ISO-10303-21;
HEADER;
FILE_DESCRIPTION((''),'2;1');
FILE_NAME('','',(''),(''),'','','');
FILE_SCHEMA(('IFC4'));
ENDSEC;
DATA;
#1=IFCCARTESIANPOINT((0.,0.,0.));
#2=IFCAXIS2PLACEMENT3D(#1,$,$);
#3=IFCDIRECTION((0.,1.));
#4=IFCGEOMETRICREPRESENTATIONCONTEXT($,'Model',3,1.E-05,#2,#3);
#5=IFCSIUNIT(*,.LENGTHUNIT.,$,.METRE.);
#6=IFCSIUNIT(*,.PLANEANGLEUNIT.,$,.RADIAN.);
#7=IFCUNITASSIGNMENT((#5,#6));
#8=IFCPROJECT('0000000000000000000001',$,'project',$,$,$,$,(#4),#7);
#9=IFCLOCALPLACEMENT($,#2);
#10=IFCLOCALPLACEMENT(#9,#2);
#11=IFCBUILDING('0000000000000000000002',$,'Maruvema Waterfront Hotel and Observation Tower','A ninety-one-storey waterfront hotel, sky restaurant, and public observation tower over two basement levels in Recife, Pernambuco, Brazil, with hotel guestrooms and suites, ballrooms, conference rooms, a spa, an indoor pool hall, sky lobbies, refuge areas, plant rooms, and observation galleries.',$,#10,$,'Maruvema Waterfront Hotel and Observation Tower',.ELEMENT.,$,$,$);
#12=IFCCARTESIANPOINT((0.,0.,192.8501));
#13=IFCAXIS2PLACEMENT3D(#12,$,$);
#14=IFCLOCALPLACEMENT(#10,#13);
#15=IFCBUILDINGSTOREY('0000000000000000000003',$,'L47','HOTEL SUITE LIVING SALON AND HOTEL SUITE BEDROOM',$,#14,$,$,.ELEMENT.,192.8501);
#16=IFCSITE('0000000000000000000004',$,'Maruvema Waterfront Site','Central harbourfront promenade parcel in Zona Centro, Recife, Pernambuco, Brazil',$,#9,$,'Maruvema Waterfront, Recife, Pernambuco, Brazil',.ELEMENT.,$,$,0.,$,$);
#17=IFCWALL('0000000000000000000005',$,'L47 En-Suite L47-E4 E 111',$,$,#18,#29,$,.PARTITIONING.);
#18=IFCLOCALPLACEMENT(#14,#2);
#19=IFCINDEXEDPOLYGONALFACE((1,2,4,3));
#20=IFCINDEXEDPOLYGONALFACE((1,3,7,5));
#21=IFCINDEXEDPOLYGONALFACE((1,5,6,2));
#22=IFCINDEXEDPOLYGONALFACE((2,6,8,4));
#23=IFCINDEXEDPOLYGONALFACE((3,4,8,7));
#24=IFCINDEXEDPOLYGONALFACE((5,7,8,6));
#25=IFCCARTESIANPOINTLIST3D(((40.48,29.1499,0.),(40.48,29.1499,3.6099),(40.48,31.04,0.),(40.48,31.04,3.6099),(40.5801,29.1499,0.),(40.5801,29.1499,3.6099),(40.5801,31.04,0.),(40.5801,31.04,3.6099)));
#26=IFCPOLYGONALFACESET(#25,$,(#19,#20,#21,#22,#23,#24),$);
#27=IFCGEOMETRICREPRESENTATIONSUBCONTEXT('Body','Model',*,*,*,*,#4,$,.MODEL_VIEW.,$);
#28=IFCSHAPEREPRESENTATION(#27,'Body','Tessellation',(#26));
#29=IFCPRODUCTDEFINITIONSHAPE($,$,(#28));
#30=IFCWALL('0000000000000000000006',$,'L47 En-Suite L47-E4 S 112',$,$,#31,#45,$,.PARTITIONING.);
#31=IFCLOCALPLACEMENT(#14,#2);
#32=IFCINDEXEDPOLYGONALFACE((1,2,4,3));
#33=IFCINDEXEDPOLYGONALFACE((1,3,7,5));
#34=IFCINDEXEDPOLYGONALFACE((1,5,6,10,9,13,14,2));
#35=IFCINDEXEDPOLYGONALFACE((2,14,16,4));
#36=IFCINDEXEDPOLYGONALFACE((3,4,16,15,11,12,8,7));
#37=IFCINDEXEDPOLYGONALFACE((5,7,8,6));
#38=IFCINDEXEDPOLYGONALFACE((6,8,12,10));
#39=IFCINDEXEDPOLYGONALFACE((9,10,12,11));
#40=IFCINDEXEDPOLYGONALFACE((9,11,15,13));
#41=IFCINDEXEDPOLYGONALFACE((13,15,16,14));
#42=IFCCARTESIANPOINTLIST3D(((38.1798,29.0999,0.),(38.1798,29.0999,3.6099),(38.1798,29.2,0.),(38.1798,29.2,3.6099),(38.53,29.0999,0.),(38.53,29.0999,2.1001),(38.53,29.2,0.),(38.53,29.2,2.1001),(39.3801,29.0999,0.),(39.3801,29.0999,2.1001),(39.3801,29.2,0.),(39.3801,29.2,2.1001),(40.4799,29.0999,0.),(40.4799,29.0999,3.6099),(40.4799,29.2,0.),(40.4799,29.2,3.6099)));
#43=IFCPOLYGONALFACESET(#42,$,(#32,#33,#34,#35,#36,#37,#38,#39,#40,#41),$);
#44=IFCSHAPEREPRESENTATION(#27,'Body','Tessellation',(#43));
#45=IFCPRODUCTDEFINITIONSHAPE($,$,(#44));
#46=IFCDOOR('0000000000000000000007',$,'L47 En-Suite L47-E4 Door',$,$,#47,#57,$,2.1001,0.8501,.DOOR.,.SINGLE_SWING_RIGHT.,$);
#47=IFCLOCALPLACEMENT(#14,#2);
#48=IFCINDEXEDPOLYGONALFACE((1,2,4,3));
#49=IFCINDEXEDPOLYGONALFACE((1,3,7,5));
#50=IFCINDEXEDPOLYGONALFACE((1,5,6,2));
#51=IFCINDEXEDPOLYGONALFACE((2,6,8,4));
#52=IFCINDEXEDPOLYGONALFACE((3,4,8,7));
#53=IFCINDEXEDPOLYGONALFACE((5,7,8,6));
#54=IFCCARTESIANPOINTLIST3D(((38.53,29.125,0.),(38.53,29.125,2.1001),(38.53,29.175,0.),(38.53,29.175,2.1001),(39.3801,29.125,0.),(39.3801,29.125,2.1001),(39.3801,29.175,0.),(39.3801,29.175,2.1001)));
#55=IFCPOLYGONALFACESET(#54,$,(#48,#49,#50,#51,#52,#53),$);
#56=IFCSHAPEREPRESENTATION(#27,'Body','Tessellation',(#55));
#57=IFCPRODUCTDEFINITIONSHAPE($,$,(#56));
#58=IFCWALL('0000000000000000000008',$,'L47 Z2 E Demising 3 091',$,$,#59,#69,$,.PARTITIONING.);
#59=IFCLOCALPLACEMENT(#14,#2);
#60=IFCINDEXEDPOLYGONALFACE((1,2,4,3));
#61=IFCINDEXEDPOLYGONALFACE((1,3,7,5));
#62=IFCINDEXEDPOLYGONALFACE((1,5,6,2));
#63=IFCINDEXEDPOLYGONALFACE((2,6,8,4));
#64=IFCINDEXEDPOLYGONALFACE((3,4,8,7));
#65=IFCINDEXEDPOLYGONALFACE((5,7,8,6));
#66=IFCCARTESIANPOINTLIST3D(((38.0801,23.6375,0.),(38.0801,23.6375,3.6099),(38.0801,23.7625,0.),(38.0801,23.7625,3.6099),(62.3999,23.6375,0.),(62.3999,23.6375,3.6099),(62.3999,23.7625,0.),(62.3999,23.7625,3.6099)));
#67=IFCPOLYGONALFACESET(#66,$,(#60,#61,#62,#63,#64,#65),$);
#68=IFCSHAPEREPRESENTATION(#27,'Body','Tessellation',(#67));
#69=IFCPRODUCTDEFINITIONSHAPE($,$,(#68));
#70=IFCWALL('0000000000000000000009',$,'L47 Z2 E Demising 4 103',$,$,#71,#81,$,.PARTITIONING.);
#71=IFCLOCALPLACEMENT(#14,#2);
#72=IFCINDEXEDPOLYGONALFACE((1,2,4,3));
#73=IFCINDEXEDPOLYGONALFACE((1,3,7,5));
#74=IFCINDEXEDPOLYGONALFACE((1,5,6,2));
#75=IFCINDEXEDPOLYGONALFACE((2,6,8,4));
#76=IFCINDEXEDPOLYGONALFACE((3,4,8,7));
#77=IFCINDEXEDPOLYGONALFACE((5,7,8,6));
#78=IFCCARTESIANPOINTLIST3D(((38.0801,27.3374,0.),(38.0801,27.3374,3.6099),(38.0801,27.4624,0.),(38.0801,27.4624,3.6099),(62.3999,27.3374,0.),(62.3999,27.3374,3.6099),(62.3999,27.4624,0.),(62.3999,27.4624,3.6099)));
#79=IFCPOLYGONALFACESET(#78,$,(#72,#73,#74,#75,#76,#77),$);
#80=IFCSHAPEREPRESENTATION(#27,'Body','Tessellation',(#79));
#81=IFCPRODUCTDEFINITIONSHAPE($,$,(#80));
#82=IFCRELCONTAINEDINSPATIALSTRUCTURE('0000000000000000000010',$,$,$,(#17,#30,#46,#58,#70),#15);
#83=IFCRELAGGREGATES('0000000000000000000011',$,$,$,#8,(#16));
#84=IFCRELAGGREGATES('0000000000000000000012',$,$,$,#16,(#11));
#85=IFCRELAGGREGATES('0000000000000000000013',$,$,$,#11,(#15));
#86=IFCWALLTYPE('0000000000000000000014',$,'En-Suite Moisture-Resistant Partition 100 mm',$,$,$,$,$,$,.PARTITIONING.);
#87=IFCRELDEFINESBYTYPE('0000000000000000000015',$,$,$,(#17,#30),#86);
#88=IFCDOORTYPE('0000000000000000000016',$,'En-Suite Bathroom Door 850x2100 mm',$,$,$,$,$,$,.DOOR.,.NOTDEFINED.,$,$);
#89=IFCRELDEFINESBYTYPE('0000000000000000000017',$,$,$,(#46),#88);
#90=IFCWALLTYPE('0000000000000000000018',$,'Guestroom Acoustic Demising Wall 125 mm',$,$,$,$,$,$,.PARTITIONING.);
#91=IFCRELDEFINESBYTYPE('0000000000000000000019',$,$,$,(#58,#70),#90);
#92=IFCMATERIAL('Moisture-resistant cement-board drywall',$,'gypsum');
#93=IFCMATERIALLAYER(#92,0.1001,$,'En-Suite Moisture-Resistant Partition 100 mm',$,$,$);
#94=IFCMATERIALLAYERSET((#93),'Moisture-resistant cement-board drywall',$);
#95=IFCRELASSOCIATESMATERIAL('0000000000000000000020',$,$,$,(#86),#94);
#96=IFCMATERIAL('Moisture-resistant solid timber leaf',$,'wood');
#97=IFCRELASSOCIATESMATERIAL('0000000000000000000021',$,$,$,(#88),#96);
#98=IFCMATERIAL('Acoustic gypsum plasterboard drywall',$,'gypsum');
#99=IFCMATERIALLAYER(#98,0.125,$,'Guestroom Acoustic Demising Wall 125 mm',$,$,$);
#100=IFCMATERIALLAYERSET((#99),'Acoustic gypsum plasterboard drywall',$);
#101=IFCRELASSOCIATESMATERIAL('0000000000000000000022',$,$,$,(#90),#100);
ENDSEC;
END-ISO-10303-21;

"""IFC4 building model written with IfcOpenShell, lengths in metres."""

from ifc_helpers import new_model, si_unit, direction, frame, frame_2d, origin, place, context, subcontext, project, spatial, rectangle, extrude, material, layer, layer_set, type_object, element, fill, save


model = new_model("IFC4")

# Units and contexts
model_context = context("Model", 3, precision=1e-05, world=origin(), true_north=direction((0.0, 1.0)))
body_context = subcontext(model_context, "Body", "Model", "MODEL_VIEW")
ifc_project = project(units=[si_unit("LENGTHUNIT", "METRE"), si_unit("PLANEANGLEUNIT", "RADIAN")], contexts=[model_context])

# Site, building, storey
site_placement = place(None, origin())
site = spatial("IfcSite", under=ifc_project, at=site_placement, Name="Maruvema Waterfront Site", Description="Central harbourfront promenade parcel in Zona Centro, Recife, Pernambuco, Brazil", LongName="Maruvema Waterfront, Recife, Pernambuco, Brazil", CompositionType="ELEMENT", RefElevation=0.0)
building_placement = place(site_placement, origin())
building = spatial("IfcBuilding", under=site, at=building_placement, Name="Maruvema Waterfront Hotel and Observation Tower", Description="A ninety-one-storey waterfront hotel, sky restaurant, and public observation tower over two basement levels in Recife, Pernambuco, Brazil, with hotel guestrooms and suites, ballrooms, conference rooms, a spa, an indoor pool hall, sky lobbies, refuge areas, plant rooms, and observation galleries.", LongName="Maruvema Waterfront Hotel and Observation Tower", CompositionType="ELEMENT")
storey_placement = place(building_placement, frame((0.0, 0.0, 192.8501)))
storey = spatial("IfcBuildingStorey", under=building, at=storey_placement, Name="L47", Description="HOTEL SUITE LIVING SALON AND HOTEL SUITE BEDROOM", CompositionType="ELEMENT", Elevation=192.8501)

# Shared definitions
ifc_material_1 = material(Name="Moisture-resistant cement-board drywall", Category="gypsum")
ifc_layer_1 = layer(ifc_material_1, 0.1001, Name="En-Suite Moisture-Resistant Partition 100 mm")
ifc_layer_set_1 = layer_set([ifc_layer_1], Name="Moisture-resistant cement-board drywall")
wall_type_1 = type_object("IfcWallType", Name="En-Suite Moisture-Resistant Partition 100 mm", PredefinedType="PARTITIONING", material=ifc_layer_set_1)
ifc_material_2 = material(Name="Moisture-resistant solid timber leaf", Category="wood")
door_type_1 = type_object("IfcDoorType", Name="En-Suite Bathroom Door 850x2100 mm", OperationType="NOTDEFINED", PredefinedType="DOOR", material=ifc_material_2)

# Wall
wall_1_placement = place(storey_placement, frame((40.53, 29.1499, 0.0), z_axis=(0.0, 0.0, 1.0), x_axis=(0.0, 1.0, 0.0)))
element("IfcWall", 1, at=wall_1_placement, inside=storey, type_object=wall_type_1, Name="L47 En-Suite L47-E4 E 111", PredefinedType="PARTITIONING", context=body_context, shape_type="SweptSolid", body=[
    extrude(rectangle(XDim=1.8901, YDim=0.1001, at=frame_2d((0.9451, 0.0))), origin(), (0.0, 0.0, 1.0), 3.6099),
])

# Wall, opening, door
wall_2_placement = place(storey_placement, frame((38.1799, 29.1499, 0.0), z_axis=(0.0, 0.0, 1.0), x_axis=(1.0, 0.0, 0.0)))
wall_2 = element("IfcWall", 2, at=wall_2_placement, inside=storey, type_object=wall_type_1, Name="L47 En-Suite L47-E4 S 112", PredefinedType="PARTITIONING", context=body_context, shape_type="SweptSolid", body=[
    extrude(rectangle(XDim=2.3, YDim=0.1001, at=frame_2d((1.1499, 0.0))), origin(), (0.0, 0.0, 1.0), 3.6099),
])
opening_1_placement = place(wall_2_placement, frame((0.3501, 0.0, 0.0)))
opening_1 = element("IfcOpeningElement", 3, at=opening_1_placement, cuts=wall_2, PredefinedType="OPENING", context=body_context, shape_type="SweptSolid", body=[
    extrude(rectangle(XDim=0.8501, YDim=2.1001, at=frame_2d((0.425, 1.05))), frame((0.0, 0.0601, 0.0), z_axis=(0.0, -1.0, 0.0), x_axis=(1.0, 0.0, 0.0)), (0.0, 0.0, 1.0), 0.1201),
])
door_1_placement = place(opening_1_placement, frame((0.8501, 0.0, 0.0), z_axis=(0.0, 0.0, 1.0), x_axis=(-1.0, 0.0, 0.0)))
door_1 = element("IfcDoor", 4, at=door_1_placement, inside=storey, type_object=door_type_1, Name="L47 En-Suite L47-E4 Door", OperationType="SINGLE_SWING_RIGHT", OverallHeight=2.1001, OverallWidth=0.8501, PredefinedType="DOOR", context=body_context, shape_type="SweptSolid", body=[
    extrude(rectangle(XDim=0.8501, YDim=2.1001, at=frame_2d((0.425, 1.05))), frame((0.0, 0.0249, 0.0), z_axis=(0.0, -1.0, 0.0), x_axis=(1.0, 0.0, 0.0)), (0.0, 0.0, 1.0), 0.05),
])
fill(opening_1, door_1)

# Walls
ifc_material_3 = material(Name="Acoustic gypsum plasterboard drywall", Category="gypsum")
ifc_layer_2 = layer(ifc_material_3, 0.125, Name="Guestroom Acoustic Demising Wall 125 mm")
ifc_layer_set_2 = layer_set([ifc_layer_2], Name="Acoustic gypsum plasterboard drywall")
wall_type_2 = type_object("IfcWallType", Name="Guestroom Acoustic Demising Wall 125 mm", PredefinedType="PARTITIONING", material=ifc_layer_set_2)
for number, where, z_axis, x_axis, name in (
    (5, (38.0801, 23.7, 0.0), (0.0, 0.0, 1.0), (1.0, 0.0, 0.0), "L47 Z2 E Demising 3 091"),
    (6, (38.0801, 27.3999, 0.0), (0.0, 0.0, 1.0), (1.0, 0.0, 0.0), "L47 Z2 E Demising 4 103"),
):
    element("IfcWall", number, at=place(storey_placement, frame(where, z_axis=z_axis, x_axis=x_axis)), inside=storey, type_object=wall_type_2, Name=name, PredefinedType="PARTITIONING", context=body_context, shape_type="SweptSolid", body=[
        extrude(rectangle(XDim=24.3198, YDim=0.125, at=frame_2d((12.1599, 0.0))), origin(), (0.0, 0.0, 1.0), 3.6099),
    ])

save(model, "model.ifc")
